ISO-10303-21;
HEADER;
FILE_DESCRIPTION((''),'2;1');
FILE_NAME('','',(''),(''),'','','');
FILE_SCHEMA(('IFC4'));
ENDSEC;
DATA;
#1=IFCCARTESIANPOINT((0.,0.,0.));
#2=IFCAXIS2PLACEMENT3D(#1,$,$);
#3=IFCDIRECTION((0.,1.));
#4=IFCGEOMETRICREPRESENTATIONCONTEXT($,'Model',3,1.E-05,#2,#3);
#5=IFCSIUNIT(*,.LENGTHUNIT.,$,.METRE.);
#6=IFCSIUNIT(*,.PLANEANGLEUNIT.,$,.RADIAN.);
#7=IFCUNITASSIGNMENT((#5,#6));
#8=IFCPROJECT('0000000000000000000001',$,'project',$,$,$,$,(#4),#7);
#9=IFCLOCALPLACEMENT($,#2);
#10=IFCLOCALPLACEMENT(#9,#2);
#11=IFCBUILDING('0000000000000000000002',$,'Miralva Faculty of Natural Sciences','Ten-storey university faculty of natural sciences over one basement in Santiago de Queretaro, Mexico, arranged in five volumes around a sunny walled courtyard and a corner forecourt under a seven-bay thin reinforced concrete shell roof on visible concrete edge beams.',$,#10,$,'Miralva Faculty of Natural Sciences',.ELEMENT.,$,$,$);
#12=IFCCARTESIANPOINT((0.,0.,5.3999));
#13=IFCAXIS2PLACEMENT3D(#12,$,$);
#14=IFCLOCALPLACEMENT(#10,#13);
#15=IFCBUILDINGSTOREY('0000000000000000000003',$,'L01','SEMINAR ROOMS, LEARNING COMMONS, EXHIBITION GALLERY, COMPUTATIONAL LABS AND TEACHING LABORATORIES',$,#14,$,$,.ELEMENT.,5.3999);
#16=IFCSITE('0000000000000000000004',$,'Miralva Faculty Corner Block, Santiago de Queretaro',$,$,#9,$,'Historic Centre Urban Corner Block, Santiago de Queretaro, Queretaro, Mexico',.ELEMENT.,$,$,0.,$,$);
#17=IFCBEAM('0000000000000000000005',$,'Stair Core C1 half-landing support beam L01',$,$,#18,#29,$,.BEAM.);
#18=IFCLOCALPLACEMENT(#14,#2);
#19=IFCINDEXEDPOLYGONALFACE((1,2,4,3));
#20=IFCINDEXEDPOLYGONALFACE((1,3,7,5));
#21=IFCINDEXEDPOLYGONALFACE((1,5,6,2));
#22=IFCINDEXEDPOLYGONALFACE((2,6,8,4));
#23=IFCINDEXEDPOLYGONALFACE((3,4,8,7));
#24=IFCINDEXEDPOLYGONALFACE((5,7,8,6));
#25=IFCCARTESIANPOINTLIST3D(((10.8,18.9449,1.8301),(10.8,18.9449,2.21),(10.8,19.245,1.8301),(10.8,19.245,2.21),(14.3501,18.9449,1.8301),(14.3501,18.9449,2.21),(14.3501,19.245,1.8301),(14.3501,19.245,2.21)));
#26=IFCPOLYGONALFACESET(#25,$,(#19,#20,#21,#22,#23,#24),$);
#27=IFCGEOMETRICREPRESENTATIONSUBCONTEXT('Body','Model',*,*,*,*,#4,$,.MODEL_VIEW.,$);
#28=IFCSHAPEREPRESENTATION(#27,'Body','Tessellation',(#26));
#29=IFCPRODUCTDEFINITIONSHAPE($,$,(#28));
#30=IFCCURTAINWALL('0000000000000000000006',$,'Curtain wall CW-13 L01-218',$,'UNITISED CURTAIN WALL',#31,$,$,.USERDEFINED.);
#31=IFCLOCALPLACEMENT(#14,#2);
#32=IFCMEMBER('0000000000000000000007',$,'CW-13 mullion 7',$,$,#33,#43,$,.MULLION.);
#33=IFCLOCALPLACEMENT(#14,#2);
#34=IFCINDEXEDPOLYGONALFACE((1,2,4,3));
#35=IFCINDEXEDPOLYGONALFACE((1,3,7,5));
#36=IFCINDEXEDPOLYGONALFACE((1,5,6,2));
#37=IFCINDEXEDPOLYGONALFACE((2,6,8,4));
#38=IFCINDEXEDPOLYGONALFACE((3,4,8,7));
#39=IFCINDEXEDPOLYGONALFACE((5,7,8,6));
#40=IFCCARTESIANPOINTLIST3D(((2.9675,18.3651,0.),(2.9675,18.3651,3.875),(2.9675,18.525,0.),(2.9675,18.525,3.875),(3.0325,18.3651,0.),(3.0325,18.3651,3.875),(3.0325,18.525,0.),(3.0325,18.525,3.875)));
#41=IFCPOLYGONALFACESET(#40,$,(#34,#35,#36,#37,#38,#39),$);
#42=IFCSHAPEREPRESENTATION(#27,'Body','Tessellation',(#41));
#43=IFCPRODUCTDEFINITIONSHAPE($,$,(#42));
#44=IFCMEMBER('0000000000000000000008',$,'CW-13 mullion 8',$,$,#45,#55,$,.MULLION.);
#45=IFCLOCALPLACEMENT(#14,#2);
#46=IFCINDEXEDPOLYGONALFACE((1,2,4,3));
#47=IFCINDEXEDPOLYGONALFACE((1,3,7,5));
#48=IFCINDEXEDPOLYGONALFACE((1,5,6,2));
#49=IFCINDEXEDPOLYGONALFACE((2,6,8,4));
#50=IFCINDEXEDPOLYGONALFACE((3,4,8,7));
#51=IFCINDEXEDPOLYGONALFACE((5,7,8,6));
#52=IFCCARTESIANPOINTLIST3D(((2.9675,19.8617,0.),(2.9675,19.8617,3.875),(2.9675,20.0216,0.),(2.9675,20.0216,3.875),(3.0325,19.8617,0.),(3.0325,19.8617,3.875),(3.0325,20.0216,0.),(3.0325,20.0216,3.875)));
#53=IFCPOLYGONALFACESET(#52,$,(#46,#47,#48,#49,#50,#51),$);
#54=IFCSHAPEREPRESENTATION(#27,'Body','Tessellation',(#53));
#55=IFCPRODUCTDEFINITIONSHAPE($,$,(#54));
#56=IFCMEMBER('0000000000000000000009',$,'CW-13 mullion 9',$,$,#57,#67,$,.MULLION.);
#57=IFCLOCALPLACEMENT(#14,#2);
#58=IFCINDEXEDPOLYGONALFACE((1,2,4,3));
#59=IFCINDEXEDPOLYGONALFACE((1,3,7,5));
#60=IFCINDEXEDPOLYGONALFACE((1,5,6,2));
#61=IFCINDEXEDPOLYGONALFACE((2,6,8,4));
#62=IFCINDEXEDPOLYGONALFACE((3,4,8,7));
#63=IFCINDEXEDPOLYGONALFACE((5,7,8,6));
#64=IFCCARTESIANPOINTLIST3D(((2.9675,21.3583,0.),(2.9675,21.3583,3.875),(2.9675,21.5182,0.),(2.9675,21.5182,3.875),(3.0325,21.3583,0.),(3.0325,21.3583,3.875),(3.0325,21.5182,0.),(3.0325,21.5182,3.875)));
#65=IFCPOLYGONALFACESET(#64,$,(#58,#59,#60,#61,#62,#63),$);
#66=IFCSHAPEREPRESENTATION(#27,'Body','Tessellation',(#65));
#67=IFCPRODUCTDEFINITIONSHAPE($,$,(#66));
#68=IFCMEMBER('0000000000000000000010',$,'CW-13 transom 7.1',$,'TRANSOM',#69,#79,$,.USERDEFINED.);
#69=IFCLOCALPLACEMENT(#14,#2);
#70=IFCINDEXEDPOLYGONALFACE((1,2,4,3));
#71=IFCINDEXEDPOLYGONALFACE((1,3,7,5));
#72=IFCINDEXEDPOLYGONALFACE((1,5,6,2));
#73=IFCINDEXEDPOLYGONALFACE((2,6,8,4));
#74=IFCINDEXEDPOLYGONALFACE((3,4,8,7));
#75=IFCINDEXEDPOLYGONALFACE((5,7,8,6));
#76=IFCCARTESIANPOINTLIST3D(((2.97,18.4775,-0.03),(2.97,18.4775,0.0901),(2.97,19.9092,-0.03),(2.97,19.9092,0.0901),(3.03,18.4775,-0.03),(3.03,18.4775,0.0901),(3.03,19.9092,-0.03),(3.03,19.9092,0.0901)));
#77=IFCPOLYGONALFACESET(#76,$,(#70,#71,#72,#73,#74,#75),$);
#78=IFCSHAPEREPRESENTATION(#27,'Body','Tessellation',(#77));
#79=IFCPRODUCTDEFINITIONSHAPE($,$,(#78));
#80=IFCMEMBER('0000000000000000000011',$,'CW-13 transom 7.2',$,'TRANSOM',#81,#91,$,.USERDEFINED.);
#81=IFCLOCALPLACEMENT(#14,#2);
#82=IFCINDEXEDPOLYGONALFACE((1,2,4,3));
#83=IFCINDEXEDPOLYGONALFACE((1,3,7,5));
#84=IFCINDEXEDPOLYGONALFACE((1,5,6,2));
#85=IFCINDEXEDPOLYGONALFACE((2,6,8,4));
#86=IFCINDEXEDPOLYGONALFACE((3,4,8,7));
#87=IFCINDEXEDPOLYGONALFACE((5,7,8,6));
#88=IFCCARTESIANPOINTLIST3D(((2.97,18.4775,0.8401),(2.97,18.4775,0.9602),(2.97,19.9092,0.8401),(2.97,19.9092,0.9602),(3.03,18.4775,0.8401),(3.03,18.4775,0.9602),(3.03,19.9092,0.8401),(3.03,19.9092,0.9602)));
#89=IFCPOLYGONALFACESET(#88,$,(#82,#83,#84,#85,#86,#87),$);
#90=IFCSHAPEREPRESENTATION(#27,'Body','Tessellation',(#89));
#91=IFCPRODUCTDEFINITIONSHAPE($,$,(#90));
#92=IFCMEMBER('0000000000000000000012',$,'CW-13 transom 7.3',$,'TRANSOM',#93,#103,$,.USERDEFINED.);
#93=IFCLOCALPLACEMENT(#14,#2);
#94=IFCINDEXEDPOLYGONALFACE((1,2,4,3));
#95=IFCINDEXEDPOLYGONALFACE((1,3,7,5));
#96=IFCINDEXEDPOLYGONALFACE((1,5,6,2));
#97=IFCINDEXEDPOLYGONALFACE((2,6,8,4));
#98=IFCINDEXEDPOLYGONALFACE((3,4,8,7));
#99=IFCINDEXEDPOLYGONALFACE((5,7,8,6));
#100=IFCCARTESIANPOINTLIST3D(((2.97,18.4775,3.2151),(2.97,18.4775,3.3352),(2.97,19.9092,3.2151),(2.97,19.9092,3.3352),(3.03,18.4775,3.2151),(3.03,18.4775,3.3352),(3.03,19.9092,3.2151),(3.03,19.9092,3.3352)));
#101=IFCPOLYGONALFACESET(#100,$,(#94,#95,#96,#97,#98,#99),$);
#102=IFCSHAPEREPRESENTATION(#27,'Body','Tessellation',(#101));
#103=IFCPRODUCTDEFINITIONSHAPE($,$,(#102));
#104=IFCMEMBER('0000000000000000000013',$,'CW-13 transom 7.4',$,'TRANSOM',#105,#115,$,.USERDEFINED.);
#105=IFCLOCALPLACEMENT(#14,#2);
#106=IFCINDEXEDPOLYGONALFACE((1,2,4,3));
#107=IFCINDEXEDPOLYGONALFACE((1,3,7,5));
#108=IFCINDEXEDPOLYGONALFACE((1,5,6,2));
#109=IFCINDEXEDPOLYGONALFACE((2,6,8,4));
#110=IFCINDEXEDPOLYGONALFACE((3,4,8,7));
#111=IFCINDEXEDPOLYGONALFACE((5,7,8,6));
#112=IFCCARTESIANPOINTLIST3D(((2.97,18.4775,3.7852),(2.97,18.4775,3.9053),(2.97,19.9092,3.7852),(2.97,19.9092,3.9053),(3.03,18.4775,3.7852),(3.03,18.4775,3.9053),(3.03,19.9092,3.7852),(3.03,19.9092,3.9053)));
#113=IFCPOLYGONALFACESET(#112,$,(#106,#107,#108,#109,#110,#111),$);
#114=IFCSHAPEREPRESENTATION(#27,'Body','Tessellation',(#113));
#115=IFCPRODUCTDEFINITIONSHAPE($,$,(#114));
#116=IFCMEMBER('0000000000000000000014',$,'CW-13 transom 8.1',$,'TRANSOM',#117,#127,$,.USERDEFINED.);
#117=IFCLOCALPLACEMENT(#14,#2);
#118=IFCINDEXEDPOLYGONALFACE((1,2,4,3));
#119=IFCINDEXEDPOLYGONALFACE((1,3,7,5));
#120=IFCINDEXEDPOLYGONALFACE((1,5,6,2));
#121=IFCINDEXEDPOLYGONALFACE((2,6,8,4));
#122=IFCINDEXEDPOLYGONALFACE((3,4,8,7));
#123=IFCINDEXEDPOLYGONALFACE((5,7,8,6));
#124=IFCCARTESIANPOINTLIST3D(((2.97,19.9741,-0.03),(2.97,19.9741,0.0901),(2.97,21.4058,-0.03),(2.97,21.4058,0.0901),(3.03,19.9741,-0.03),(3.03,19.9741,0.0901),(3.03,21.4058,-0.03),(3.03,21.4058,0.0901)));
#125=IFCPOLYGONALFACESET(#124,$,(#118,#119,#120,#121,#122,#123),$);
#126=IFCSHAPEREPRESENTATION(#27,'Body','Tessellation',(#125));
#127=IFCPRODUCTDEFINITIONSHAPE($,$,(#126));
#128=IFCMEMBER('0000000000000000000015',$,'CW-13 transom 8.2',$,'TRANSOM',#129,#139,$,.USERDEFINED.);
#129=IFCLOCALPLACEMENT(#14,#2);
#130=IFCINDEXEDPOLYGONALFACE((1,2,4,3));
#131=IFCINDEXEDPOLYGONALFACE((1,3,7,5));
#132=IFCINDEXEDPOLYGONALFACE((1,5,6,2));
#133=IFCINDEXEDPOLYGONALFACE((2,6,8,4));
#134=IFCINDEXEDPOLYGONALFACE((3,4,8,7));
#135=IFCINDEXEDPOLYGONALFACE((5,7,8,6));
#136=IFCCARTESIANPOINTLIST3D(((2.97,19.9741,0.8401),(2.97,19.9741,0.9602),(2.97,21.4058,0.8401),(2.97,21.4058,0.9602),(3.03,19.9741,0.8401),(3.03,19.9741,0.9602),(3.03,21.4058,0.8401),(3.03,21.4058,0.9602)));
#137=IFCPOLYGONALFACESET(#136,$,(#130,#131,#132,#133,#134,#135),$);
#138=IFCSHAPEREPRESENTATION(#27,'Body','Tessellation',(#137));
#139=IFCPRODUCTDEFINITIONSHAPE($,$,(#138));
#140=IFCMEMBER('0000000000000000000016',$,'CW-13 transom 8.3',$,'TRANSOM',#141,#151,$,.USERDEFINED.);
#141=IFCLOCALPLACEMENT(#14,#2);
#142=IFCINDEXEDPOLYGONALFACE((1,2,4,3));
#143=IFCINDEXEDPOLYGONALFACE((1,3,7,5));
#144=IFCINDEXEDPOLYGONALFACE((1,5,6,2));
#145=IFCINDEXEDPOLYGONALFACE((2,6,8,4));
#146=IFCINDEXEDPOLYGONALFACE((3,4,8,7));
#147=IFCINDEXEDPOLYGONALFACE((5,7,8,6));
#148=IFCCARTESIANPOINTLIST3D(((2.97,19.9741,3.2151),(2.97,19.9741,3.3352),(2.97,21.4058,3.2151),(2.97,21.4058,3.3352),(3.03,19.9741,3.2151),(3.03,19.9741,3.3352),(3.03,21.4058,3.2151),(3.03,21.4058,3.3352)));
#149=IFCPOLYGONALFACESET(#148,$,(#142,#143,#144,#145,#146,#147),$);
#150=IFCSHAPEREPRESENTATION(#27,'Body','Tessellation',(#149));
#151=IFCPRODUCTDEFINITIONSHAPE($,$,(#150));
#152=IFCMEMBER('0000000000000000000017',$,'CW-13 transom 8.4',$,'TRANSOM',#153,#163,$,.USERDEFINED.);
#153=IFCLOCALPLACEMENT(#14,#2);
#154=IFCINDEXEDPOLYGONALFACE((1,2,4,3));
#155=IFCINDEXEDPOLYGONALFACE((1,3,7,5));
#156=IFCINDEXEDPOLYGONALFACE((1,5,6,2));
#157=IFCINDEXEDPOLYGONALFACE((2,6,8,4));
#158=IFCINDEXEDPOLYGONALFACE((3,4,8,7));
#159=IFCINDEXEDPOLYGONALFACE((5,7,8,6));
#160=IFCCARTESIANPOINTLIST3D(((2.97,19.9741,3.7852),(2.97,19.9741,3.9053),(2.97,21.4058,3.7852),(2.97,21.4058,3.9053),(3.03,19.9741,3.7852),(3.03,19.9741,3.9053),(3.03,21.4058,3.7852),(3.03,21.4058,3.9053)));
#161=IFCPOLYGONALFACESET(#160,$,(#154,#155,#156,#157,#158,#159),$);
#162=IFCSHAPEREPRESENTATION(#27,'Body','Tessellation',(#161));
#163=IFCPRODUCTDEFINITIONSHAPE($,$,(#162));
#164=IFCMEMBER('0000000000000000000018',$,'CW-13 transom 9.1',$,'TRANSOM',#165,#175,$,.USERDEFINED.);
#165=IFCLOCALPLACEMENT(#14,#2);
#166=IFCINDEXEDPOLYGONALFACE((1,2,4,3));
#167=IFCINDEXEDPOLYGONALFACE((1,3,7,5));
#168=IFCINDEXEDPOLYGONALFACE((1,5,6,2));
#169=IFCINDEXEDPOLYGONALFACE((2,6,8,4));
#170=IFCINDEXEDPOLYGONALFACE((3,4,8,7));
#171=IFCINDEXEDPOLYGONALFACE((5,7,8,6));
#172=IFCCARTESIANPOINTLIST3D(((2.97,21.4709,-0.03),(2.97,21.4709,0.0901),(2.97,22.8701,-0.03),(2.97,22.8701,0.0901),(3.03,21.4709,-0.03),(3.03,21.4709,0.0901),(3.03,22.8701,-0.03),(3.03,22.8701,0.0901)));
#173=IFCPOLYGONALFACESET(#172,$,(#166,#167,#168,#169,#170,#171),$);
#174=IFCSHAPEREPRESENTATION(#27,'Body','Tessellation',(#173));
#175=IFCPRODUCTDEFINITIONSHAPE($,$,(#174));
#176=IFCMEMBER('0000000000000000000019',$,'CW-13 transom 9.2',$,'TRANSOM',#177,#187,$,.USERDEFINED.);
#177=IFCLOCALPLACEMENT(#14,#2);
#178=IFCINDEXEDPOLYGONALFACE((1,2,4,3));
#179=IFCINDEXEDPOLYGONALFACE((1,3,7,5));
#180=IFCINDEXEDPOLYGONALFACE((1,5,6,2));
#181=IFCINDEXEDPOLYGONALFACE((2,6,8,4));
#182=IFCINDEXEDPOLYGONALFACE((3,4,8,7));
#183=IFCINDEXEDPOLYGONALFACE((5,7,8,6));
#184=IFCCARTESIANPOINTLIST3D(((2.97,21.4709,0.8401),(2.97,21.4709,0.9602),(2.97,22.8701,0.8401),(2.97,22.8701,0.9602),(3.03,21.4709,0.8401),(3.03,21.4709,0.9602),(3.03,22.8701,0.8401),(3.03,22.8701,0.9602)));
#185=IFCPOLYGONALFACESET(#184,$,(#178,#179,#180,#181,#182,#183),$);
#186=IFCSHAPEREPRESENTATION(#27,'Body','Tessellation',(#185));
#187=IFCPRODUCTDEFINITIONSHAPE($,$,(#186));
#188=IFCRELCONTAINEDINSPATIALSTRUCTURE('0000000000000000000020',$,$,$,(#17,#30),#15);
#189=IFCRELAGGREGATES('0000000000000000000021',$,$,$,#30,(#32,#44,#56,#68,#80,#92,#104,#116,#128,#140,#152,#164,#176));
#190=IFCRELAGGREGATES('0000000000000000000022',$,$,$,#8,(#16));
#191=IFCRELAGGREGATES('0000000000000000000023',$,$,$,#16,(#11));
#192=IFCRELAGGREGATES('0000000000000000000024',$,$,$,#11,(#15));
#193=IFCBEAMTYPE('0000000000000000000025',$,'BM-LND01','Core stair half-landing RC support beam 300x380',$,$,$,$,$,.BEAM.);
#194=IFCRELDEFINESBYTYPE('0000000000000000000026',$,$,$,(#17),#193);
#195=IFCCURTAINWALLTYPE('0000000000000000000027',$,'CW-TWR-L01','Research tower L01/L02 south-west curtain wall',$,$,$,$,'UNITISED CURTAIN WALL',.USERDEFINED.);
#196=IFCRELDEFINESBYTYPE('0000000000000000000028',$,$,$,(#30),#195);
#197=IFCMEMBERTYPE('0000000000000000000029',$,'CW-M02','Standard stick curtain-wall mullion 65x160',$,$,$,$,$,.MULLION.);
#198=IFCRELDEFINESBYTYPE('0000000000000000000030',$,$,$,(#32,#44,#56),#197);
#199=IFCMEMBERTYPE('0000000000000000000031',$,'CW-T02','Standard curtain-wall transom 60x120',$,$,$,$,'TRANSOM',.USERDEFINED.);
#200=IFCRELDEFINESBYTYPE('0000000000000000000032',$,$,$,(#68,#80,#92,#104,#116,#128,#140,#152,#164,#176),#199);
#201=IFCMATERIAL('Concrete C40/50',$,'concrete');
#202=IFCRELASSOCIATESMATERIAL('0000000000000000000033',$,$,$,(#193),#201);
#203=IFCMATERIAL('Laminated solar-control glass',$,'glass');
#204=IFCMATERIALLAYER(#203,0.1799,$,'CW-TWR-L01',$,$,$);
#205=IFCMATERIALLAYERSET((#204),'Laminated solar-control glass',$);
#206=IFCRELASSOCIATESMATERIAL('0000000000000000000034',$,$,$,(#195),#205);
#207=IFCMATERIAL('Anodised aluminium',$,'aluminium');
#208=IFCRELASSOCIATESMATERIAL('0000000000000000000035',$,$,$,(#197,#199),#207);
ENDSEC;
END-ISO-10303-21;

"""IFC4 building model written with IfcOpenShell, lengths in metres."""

from ifc_helpers import new_model, si_unit, direction, frame, origin, origin_2d, place, context, subcontext, project, spatial, rectangle, extrude, material, layer, layer_set, material_profile, profile_set, type_object, element, aggregate, save


model = new_model("IFC4")

# Units and contexts
model_context = context("Model", 3, precision=1e-05, world=origin(), true_north=direction((0.0, 1.0)))
body_context = subcontext(model_context, "Body", "Model", "MODEL_VIEW")
ifc_project = project(units=[si_unit("LENGTHUNIT", "METRE"), si_unit("PLANEANGLEUNIT", "RADIAN")], contexts=[model_context])

# Site, building, storey
site_placement = place(None, origin())
site = spatial("IfcSite", under=ifc_project, at=site_placement, Name="Miralva Faculty Corner Block, Santiago de Queretaro", LongName="Historic Centre Urban Corner Block, Santiago de Queretaro, Queretaro, Mexico", CompositionType="ELEMENT", RefElevation=0.0)
building_placement = place(site_placement, origin())
building = spatial("IfcBuilding", under=site, at=building_placement, Name="Miralva Faculty of Natural Sciences", Description="Ten-storey university faculty of natural sciences over one basement in Santiago de Queretaro, Mexico, arranged in five volumes around a sunny walled courtyard and a corner forecourt under a seven-bay thin reinforced concrete shell roof on visible concrete edge beams.", LongName="Miralva Faculty of Natural Sciences", CompositionType="ELEMENT")
storey_placement = place(building_placement, frame((0.0, 0.0, 5.3999)))
storey = spatial("IfcBuildingStorey", under=building, at=storey_placement, Name="L01", Description="SEMINAR ROOMS, LEARNING COMMONS, EXHIBITION GALLERY, COMPUTATIONAL LABS AND TEACHING LABORATORIES", CompositionType="ELEMENT", Elevation=5.3999)

# Beam
ifc_material_1 = material(Name="Concrete C40/50", Category="concrete")
ifc_material_profile_1 = material_profile(ifc_material_1, rectangle(XDim=0.3, YDim=0.3799, at=origin_2d()), Name="RC 300x380")
ifc_profile_set_1 = profile_set([ifc_material_profile_1], Name="Concrete C40/50")
beam_type = type_object("IfcBeamType", Name="BM-LND01", Description="Core stair half-landing RC support beam 300x380", PredefinedType="BEAM", material=ifc_profile_set_1)
beam_placement = place(storey_placement, frame((10.8, 19.095, 2.02), z_axis=(1.0, 0.0, 0.0), x_axis=(0.0, 1.0, 0.0)))
element("IfcBeam", 1, at=beam_placement, inside=storey, type_object=beam_type, Name="Stair Core C1 half-landing support beam L01", PredefinedType="BEAM", context=body_context, shape_type="SweptSolid", body=[
    extrude(rectangle(XDim=0.3, YDim=0.3799, at=origin_2d()), origin(), (0.0, 0.0, 1.0), 3.55),
])

# Curtain wall, members
ifc_material_2 = material(Name="Laminated solar-control glass", Category="glass")
ifc_layer_1 = layer(ifc_material_2, 0.1799, Name="CW-TWR-L01")
ifc_layer_set_1 = layer_set([ifc_layer_1], Name="Laminated solar-control glass")
curtain_wall_type = type_object("IfcCurtainWallType", Name="CW-TWR-L01", Description="Research tower L01/L02 south-west curtain wall", ElementType="UNITISED CURTAIN WALL", PredefinedType="USERDEFINED", material=ifc_layer_set_1)
curtain_wall_placement = place(storey_placement, origin())
curtain_wall = element("IfcCurtainWall", 2, at=curtain_wall_placement, inside=storey, type_object=curtain_wall_type, Name="Curtain wall CW-13 L01-218", ObjectType="UNITISED CURTAIN WALL", PredefinedType="USERDEFINED")
ifc_material_3 = material(Name="Anodised aluminium", Category="aluminium")
ifc_material_profile_2 = material_profile(ifc_material_3, rectangle(XDim=0.0649, YDim=0.1599, at=origin_2d()), Name="MULLION 65x160")
ifc_profile_set_2 = profile_set([ifc_material_profile_2], Name="Anodised aluminium")
member_type_1 = type_object("IfcMemberType", Name="CW-M02", Description="Standard stick curtain-wall mullion 65x160", PredefinedType="MULLION", material=ifc_profile_set_2)
member_1_placement = place(storey_placement, frame((3.0, 18.4451, 0.0), z_axis=(0.0, 0.0, 1.0), x_axis=(-1.0, 0.0, 0.0)))
member_1 = element("IfcMember", 3, at=member_1_placement, type_object=member_type_1, Name="CW-13 mullion 7", PredefinedType="MULLION", context=body_context, shape_type="SweptSolid", body=[
    extrude(rectangle(XDim=0.0649, YDim=0.1599, at=origin_2d()), origin(), (0.0, 0.0, 1.0), 3.875),
])
member_2_placement = place(storey_placement, frame((3.0, 19.9417, 0.0), z_axis=(0.0, 0.0, 1.0), x_axis=(-1.0, 0.0, 0.0)))
member_2 = element("IfcMember", 4, at=member_2_placement, type_object=member_type_1, Name="CW-13 mullion 8", PredefinedType="MULLION", context=body_context, shape_type="SweptSolid", body=[
    extrude(rectangle(XDim=0.0649, YDim=0.1599, at=origin_2d()), origin(), (0.0, 0.0, 1.0), 3.875),
])
member_3_placement = place(storey_placement, frame((3.0, 21.4382, 0.0), z_axis=(0.0, 0.0, 1.0), x_axis=(-1.0, 0.0, 0.0)))
member_3 = element("IfcMember", 5, at=member_3_placement, type_object=member_type_1, Name="CW-13 mullion 9", PredefinedType="MULLION", context=body_context, shape_type="SweptSolid", body=[
    extrude(rectangle(XDim=0.0649, YDim=0.1599, at=origin_2d()), origin(), (0.0, 0.0, 1.0), 3.875),
])
ifc_material_profile_3 = material_profile(ifc_material_3, rectangle(XDim=0.0601, YDim=0.1201, at=origin_2d()), Name="TRANSOM 60x120")
ifc_profile_set_3 = profile_set([ifc_material_profile_3], Name="Anodised aluminium")
member_type_2 = type_object("IfcMemberType", Name="CW-T02", Description="Standard curtain-wall transom 60x120", ElementType="TRANSOM", PredefinedType="USERDEFINED", material=ifc_profile_set_3)
member_4_placement = place(storey_placement, frame((3.0, 18.4775, 0.03), z_axis=(0.0, 1.0, 0.0), x_axis=(-1.0, 0.0, 0.0)))
member_4 = element("IfcMember", 6, at=member_4_placement, type_object=member_type_2, Name="CW-13 transom 7.1", ObjectType="TRANSOM", PredefinedType="USERDEFINED", context=body_context, shape_type="SweptSolid", body=[
    extrude(rectangle(XDim=0.0601, YDim=0.1201, at=origin_2d()), origin(), (0.0, 0.0, 1.0), 1.4316),
])
member_5_placement = place(storey_placement, frame((3.0, 18.4775, 0.9001), z_axis=(0.0, 1.0, 0.0), x_axis=(-1.0, 0.0, 0.0)))
member_5 = element("IfcMember", 7, at=member_5_placement, type_object=member_type_2, Name="CW-13 transom 7.2", ObjectType="TRANSOM", PredefinedType="USERDEFINED", context=body_context, shape_type="SweptSolid", body=[
    extrude(rectangle(XDim=0.0601, YDim=0.1201, at=origin_2d()), origin(), (0.0, 0.0, 1.0), 1.4316),
])
member_6_placement = place(storey_placement, frame((3.0, 18.4775, 3.2751), z_axis=(0.0, 1.0, 0.0), x_axis=(-1.0, 0.0, 0.0)))
member_6 = element("IfcMember", 8, at=member_6_placement, type_object=member_type_2, Name="CW-13 transom 7.3", ObjectType="TRANSOM", PredefinedType="USERDEFINED", context=body_context, shape_type="SweptSolid", body=[
    extrude(rectangle(XDim=0.0601, YDim=0.1201, at=origin_2d()), origin(), (0.0, 0.0, 1.0), 1.4316),
])
member_7_placement = place(storey_placement, frame((3.0, 18.4775, 3.8452), z_axis=(0.0, 1.0, 0.0), x_axis=(-1.0, 0.0, 0.0)))
member_7 = element("IfcMember", 9, at=member_7_placement, type_object=member_type_2, Name="CW-13 transom 7.4", ObjectType="TRANSOM", PredefinedType="USERDEFINED", context=body_context, shape_type="SweptSolid", body=[
    extrude(rectangle(XDim=0.0601, YDim=0.1201, at=origin_2d()), origin(), (0.0, 0.0, 1.0), 1.4316),
])
member_8_placement = place(storey_placement, frame((3.0, 19.9741, 0.03), z_axis=(0.0, 1.0, 0.0), x_axis=(-1.0, 0.0, 0.0)))
member_8 = element("IfcMember", 10, at=member_8_placement, type_object=member_type_2, Name="CW-13 transom 8.1", ObjectType="TRANSOM", PredefinedType="USERDEFINED", context=body_context, shape_type="SweptSolid", body=[
    extrude(rectangle(XDim=0.0601, YDim=0.1201, at=origin_2d()), origin(), (0.0, 0.0, 1.0), 1.4316),
])
member_9_placement = place(storey_placement, frame((3.0, 19.9741, 0.9001), z_axis=(0.0, 1.0, 0.0), x_axis=(-1.0, 0.0, 0.0)))
member_9 = element("IfcMember", 11, at=member_9_placement, type_object=member_type_2, Name="CW-13 transom 8.2", ObjectType="TRANSOM", PredefinedType="USERDEFINED", context=body_context, shape_type="SweptSolid", body=[
    extrude(rectangle(XDim=0.0601, YDim=0.1201, at=origin_2d()), origin(), (0.0, 0.0, 1.0), 1.4316),
])
member_10_placement = place(storey_placement, frame((3.0, 19.9741, 3.2751), z_axis=(0.0, 1.0, 0.0), x_axis=(-1.0, 0.0, 0.0)))
member_10 = element("IfcMember", 12, at=member_10_placement, type_object=member_type_2, Name="CW-13 transom 8.3", ObjectType="TRANSOM", PredefinedType="USERDEFINED", context=body_context, shape_type="SweptSolid", body=[
    extrude(rectangle(XDim=0.0601, YDim=0.1201, at=origin_2d()), origin(), (0.0, 0.0, 1.0), 1.4316),
])
member_11_placement = place(storey_placement, frame((3.0, 19.9741, 3.8452), z_axis=(0.0, 1.0, 0.0), x_axis=(-1.0, 0.0, 0.0)))
member_11 = element("IfcMember", 13, at=member_11_placement, type_object=member_type_2, Name="CW-13 transom 8.4", ObjectType="TRANSOM", PredefinedType="USERDEFINED", context=body_context, shape_type="SweptSolid", body=[
    extrude(rectangle(XDim=0.0601, YDim=0.1201, at=origin_2d()), origin(), (0.0, 0.0, 1.0), 1.4316),
])
member_12_placement = place(storey_placement, frame((3.0, 21.4709, 0.03), z_axis=(0.0, 1.0, 0.0), x_axis=(-1.0, 0.0, 0.0)))
member_12 = element("IfcMember", 14, at=member_12_placement, type_object=member_type_2, Name="CW-13 transom 9.1", ObjectType="TRANSOM", PredefinedType="USERDEFINED", context=body_context, shape_type="SweptSolid", body=[
    extrude(rectangle(XDim=0.0601, YDim=0.1201, at=origin_2d()), origin(), (0.0, 0.0, 1.0), 1.3992),
])
member_13_placement = place(storey_placement, frame((3.0, 21.4709, 0.9001), z_axis=(0.0, 1.0, 0.0), x_axis=(-1.0, 0.0, 0.0)))
member_13 = element("IfcMember", 15, at=member_13_placement, type_object=member_type_2, Name="CW-13 transom 9.2", ObjectType="TRANSOM", PredefinedType="USERDEFINED", context=body_context, shape_type="SweptSolid", body=[
    extrude(rectangle(XDim=0.0601, YDim=0.1201, at=origin_2d()), origin(), (0.0, 0.0, 1.0), 1.3992),
])

aggregate(curtain_wall, [member_1, member_2, member_3, member_4, member_5, member_6, member_7, member_8, member_9, member_10, member_11, member_12, member_13])

save(model, "model.ifc")
